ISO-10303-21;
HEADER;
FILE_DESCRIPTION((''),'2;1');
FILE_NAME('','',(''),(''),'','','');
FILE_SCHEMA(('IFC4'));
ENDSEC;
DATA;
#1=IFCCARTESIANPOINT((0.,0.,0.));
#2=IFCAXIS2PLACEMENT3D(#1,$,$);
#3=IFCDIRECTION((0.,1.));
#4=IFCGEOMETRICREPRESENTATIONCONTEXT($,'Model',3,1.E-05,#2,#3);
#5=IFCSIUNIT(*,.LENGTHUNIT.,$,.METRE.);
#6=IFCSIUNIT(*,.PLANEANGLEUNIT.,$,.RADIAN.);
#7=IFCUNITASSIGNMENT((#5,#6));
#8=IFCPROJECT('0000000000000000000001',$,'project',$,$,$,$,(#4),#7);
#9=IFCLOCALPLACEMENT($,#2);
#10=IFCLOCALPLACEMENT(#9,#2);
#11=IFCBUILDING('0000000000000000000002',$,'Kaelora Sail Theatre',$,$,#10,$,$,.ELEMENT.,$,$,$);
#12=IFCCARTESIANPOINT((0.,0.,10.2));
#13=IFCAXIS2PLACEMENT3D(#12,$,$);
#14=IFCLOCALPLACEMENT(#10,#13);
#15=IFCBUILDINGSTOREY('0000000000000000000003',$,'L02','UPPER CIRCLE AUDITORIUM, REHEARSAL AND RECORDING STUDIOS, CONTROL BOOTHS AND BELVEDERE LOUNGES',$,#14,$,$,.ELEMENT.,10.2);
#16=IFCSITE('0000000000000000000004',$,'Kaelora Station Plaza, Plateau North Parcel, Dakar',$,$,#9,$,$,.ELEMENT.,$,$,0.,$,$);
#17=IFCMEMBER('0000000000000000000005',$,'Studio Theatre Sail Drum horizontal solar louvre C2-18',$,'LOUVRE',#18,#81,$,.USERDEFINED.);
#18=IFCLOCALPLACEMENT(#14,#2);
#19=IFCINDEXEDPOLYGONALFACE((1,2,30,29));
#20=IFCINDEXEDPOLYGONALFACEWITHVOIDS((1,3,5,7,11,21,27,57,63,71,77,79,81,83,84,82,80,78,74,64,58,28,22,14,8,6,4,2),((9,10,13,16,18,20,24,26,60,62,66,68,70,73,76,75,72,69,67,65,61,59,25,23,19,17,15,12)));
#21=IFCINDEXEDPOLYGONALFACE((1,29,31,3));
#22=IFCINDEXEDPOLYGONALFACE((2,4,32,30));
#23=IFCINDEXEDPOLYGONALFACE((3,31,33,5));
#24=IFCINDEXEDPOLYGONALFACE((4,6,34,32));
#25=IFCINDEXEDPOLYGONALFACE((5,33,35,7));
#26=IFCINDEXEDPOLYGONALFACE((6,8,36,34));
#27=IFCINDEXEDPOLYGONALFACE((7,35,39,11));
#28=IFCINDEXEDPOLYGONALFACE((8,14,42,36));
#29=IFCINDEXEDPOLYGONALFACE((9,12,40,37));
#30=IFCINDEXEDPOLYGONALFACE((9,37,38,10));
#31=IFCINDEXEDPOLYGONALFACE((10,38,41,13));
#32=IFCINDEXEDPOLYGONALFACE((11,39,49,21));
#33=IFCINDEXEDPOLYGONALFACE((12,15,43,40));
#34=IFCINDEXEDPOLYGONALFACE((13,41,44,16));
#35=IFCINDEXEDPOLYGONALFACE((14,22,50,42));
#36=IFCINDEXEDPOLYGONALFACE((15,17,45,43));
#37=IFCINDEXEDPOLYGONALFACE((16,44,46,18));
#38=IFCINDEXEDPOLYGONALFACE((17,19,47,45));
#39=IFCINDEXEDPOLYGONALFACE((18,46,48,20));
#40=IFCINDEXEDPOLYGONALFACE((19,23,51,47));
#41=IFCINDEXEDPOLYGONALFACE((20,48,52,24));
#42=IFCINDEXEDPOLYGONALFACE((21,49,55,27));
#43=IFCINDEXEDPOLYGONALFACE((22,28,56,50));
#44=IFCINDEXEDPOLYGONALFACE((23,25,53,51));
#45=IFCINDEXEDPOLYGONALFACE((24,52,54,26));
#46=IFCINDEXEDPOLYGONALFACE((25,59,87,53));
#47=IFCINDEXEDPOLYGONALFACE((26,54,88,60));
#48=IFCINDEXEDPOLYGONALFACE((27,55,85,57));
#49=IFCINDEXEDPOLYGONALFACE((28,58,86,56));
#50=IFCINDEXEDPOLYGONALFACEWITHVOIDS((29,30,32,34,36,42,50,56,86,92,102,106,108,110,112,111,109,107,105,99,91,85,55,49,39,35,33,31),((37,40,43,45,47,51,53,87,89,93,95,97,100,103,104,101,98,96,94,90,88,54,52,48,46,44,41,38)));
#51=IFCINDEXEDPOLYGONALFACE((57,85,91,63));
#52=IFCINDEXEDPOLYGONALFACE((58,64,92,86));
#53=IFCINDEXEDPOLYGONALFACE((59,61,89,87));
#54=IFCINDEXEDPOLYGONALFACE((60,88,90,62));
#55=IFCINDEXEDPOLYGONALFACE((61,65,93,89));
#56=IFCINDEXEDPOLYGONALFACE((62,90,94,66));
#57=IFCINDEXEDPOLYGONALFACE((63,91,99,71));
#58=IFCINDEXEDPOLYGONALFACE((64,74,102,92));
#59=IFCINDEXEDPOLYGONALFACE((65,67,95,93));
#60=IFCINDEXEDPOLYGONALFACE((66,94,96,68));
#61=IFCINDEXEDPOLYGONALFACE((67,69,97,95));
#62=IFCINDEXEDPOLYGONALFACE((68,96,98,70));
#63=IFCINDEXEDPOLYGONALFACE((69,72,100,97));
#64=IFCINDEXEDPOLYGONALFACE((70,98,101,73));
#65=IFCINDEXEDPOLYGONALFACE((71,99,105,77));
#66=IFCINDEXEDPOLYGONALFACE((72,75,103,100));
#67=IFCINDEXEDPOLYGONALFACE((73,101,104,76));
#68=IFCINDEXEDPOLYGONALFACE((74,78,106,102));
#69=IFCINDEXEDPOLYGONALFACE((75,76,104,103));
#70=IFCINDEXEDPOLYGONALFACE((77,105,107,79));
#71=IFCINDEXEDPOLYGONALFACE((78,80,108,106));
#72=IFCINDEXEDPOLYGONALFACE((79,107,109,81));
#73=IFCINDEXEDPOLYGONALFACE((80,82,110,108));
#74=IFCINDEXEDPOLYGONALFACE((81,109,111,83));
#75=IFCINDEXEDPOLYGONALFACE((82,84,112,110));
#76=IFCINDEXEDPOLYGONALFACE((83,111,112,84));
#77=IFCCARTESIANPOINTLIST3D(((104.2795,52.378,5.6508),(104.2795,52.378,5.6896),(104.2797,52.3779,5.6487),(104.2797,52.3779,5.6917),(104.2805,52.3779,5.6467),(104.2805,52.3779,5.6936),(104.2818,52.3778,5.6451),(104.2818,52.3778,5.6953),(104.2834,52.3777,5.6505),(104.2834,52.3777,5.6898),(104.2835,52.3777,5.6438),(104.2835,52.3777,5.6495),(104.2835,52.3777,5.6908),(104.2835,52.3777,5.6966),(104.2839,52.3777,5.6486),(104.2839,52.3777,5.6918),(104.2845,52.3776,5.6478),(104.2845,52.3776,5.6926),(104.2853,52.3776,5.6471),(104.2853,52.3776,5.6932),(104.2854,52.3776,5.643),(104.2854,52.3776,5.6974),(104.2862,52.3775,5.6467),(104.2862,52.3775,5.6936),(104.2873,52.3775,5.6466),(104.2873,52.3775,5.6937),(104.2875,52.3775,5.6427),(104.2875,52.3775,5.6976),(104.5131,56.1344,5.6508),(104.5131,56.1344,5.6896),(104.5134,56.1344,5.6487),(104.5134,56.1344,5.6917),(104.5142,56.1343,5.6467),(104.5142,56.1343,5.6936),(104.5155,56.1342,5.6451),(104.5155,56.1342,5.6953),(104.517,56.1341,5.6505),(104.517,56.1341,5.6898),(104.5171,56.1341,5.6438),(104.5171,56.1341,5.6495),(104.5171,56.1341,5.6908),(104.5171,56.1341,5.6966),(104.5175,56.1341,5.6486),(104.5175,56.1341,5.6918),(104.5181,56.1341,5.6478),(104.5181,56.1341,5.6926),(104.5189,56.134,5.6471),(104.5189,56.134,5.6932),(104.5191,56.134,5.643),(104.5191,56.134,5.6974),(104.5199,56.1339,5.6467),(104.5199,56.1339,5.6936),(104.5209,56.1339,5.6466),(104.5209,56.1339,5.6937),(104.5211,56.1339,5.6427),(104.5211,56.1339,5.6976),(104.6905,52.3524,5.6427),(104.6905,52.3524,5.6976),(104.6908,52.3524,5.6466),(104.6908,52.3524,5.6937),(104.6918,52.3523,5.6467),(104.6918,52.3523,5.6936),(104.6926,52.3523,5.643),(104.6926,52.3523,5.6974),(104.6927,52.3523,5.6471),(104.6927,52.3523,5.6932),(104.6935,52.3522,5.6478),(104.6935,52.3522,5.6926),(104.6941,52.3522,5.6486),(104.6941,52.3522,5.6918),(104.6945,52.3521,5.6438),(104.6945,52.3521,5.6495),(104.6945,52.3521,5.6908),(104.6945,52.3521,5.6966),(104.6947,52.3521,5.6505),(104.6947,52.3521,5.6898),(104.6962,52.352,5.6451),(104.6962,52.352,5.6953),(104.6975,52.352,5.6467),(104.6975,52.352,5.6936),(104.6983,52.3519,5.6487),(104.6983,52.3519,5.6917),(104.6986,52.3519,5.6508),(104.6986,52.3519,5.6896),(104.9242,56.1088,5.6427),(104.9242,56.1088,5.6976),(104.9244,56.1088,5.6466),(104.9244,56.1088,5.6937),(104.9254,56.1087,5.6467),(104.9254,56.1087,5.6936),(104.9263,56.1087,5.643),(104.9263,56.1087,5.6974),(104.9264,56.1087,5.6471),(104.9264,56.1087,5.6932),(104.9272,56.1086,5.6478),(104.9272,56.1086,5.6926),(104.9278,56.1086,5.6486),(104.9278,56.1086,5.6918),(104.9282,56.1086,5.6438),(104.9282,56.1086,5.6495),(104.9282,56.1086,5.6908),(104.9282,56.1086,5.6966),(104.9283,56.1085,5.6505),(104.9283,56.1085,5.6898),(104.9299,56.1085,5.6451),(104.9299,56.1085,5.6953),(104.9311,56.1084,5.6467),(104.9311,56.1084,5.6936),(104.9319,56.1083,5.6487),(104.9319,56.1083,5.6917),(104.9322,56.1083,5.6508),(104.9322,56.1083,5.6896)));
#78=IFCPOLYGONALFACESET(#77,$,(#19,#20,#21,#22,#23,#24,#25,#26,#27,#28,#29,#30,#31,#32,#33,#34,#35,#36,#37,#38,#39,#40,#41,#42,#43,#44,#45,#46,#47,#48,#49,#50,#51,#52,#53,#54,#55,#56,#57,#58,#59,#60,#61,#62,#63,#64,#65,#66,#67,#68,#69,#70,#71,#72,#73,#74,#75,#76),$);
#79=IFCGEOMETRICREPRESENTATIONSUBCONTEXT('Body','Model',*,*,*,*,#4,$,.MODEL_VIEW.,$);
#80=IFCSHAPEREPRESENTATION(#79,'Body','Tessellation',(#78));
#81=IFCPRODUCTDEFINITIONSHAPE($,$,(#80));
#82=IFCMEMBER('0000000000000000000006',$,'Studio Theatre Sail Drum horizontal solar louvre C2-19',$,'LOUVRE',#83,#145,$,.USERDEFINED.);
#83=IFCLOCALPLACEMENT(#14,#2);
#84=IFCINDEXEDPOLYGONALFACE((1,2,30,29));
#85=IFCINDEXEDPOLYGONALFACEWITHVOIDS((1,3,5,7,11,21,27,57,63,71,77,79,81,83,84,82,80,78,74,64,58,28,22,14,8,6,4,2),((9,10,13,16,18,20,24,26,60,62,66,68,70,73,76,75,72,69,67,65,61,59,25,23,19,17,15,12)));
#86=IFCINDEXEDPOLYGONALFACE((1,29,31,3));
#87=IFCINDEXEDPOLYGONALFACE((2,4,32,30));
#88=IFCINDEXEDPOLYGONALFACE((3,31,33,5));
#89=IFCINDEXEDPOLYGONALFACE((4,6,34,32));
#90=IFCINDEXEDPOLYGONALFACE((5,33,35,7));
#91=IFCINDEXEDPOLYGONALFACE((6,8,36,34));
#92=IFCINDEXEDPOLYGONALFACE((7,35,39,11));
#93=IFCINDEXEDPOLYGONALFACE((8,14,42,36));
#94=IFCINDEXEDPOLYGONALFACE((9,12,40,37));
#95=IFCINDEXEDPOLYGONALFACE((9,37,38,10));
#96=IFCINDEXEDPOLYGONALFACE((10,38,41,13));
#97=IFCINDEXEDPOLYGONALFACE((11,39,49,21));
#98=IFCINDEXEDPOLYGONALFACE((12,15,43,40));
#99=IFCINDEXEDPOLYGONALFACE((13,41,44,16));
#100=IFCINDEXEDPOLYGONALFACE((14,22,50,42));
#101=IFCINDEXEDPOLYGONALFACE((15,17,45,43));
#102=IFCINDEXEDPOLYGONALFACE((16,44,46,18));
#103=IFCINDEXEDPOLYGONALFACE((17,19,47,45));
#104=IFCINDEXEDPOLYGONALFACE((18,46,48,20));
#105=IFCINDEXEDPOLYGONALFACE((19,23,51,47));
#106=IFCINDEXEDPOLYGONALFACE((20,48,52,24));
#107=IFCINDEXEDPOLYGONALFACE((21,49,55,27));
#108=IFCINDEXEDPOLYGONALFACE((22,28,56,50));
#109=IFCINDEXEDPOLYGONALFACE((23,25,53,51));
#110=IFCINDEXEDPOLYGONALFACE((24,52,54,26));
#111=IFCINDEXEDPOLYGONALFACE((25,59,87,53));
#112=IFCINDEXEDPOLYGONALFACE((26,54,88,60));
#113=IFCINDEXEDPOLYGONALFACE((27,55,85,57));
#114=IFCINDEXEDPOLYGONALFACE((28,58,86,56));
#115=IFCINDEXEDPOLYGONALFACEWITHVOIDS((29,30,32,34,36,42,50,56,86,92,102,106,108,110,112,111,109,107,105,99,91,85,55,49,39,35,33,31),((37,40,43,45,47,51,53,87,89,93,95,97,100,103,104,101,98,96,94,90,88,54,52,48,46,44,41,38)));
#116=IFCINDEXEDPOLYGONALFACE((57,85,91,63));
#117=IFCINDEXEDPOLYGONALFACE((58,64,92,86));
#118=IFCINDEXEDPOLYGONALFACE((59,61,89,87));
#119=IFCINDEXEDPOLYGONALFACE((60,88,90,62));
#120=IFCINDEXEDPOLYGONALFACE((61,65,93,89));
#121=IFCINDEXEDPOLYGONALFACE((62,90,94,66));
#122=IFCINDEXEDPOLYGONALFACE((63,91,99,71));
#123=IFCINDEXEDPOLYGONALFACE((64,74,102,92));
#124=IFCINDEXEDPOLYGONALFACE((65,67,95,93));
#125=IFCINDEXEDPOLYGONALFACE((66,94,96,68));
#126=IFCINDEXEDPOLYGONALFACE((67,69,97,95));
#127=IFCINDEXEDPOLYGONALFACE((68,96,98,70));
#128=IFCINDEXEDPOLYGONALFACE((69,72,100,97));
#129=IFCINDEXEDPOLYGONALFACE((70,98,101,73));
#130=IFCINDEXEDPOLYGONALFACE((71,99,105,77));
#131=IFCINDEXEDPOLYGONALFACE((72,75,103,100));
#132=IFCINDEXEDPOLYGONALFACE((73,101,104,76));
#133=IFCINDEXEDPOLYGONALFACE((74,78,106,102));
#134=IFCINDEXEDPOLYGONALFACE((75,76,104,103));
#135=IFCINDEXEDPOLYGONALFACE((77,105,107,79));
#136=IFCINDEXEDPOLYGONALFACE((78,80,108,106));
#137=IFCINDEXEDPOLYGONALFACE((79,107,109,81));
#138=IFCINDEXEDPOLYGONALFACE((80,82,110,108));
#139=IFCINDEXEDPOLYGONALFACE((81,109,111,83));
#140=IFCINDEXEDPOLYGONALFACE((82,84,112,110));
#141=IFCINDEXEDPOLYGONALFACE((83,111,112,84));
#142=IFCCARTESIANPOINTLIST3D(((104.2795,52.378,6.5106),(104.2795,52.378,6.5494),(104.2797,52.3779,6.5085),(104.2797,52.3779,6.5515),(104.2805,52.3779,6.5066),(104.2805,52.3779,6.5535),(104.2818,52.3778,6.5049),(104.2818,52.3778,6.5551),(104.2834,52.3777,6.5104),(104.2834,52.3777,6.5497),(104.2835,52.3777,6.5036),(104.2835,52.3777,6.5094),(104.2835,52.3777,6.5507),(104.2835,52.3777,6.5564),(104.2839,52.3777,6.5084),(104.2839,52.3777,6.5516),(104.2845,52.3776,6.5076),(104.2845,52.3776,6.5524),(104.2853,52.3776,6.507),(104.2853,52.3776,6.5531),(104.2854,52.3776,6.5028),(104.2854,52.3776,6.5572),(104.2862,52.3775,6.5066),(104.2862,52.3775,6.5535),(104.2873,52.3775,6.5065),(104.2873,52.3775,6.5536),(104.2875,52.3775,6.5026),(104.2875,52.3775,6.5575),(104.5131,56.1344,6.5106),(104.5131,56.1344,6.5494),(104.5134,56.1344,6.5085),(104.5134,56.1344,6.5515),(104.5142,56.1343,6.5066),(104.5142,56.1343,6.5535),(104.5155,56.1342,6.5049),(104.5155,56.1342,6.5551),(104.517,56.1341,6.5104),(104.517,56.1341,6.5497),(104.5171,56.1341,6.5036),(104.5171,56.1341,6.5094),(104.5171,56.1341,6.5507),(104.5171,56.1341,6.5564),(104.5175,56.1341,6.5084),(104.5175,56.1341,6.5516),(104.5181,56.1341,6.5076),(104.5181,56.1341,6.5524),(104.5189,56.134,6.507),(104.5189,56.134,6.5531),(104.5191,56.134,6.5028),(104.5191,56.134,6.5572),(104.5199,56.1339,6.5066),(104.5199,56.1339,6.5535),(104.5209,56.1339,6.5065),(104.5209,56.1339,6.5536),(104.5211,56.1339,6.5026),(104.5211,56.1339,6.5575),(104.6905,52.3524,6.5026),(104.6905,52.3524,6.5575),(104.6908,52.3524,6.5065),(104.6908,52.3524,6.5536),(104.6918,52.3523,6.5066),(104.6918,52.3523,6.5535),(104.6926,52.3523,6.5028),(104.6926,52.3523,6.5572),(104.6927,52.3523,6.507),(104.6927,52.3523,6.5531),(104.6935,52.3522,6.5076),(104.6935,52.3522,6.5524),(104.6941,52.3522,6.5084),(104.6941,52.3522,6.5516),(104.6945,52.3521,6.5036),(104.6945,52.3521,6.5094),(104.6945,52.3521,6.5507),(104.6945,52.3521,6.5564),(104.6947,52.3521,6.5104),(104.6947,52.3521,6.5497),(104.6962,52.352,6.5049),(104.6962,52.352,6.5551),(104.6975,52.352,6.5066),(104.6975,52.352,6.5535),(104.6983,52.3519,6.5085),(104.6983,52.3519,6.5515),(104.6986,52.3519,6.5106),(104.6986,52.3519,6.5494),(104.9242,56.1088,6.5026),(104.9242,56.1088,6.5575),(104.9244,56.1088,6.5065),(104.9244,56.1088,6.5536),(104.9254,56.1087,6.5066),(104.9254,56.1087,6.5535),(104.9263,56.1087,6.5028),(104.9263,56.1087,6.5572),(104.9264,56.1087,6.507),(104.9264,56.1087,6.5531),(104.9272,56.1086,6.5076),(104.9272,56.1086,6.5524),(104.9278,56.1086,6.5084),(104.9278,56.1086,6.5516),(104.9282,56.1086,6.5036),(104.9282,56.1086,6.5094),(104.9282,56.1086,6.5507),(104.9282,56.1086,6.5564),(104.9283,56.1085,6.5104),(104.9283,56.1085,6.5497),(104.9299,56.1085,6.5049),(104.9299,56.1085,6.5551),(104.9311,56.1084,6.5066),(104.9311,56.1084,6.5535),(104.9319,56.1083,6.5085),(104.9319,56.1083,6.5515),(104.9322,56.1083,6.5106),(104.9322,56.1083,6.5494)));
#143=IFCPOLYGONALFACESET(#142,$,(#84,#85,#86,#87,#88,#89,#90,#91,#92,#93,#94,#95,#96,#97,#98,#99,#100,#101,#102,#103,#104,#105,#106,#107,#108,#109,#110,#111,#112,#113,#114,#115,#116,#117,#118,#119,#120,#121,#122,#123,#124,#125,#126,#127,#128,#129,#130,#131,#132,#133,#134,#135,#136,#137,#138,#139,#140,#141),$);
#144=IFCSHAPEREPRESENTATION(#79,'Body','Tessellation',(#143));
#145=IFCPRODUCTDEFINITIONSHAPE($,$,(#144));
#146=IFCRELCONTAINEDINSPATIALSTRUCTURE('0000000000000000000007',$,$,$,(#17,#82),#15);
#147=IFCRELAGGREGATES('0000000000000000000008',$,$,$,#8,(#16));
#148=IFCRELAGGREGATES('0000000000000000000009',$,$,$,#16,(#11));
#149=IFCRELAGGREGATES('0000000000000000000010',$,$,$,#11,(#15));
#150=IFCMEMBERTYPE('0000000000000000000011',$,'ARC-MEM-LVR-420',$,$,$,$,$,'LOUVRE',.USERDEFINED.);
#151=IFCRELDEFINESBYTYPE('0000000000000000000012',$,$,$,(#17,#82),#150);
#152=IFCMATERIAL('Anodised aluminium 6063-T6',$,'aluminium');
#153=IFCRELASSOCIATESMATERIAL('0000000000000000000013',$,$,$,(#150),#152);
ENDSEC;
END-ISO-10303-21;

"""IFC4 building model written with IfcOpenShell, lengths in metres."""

from ifc_helpers import new_model, si_unit, direction, frame, origin, origin_2d, place, context, subcontext, project, spatial, hollow_rectangle, extrude, material, material_profile, profile_set, type_object, element, save


model = new_model("IFC4")

# Units and contexts
model_context = context("Model", 3, precision=1e-05, world=origin(), true_north=direction((0.0, 1.0)))
body_context = subcontext(model_context, "Body", "Model", "MODEL_VIEW")
ifc_project = project(units=[si_unit("LENGTHUNIT", "METRE"), si_unit("PLANEANGLEUNIT", "RADIAN")], contexts=[model_context])

# Site, building, storey
site_placement = place(None, origin())
site = spatial("IfcSite", under=ifc_project, at=site_placement, Name="Kaelora Station Plaza, Plateau North Parcel, Dakar", CompositionType="ELEMENT", RefElevation=0.0)
building_placement = place(site_placement, origin())
building = spatial("IfcBuilding", under=site, at=building_placement, Name="Kaelora Sail Theatre", CompositionType="ELEMENT")
storey_placement = place(building_placement, frame((0.0, 0.0, 10.2)))
storey = spatial("IfcBuildingStorey", under=building, at=storey_placement, Name="L02", Description="UPPER CIRCLE AUDITORIUM, REHEARSAL AND RECORDING STUDIOS, CONTROL BOOTHS AND BELVEDERE LOUNGES", CompositionType="ELEMENT", Elevation=10.2)

# Members
ifc_material_1 = material(Name="Anodised aluminium 6063-T6", Category="aluminium")
ifc_material_profile_1 = material_profile(ifc_material_1, hollow_rectangle(XDim=0.4199, YDim=0.0549, WallThickness=0.0039, InnerFilletRadius=0.0039, OuterFilletRadius=0.0081, at=origin_2d()), Name="LOUVRE 420x55x4")
ifc_profile_set_1 = profile_set([ifc_material_profile_1], Name="Anodised aluminium 6063-T6")
member_type_1 = type_object("IfcMemberType", Name="ARC-MEM-LVR-420", ElementType="LOUVRE", PredefinedType="USERDEFINED", material=ifc_profile_set_1)
for number, where, z_axis, x_axis, name in (
    (1, (104.7227, 56.1213, 5.6702), (-0.062079, -0.998071, 0.0), (0.998071, -0.062079, 0.0), "Studio Theatre Sail Drum horizontal solar louvre C2-18"),
    (2, (104.7227, 56.1213, 6.53), (-0.062079, -0.998071, 0.0), (0.998071, -0.062079, 0.0), "Studio Theatre Sail Drum horizontal solar louvre C2-19"),
):
    element("IfcMember", number, at=place(storey_placement, frame(where, z_axis=z_axis, x_axis=x_axis)), inside=storey, type_object=member_type_1, Name=name, ObjectType="LOUVRE", PredefinedType="USERDEFINED", context=body_context, shape_type="SweptSolid", body=[
        extrude(hollow_rectangle(XDim=0.4199, YDim=0.0549, WallThickness=0.0039, InnerFilletRadius=0.0039, OuterFilletRadius=0.0081, at=origin_2d()), origin(), (0.0, 0.0, 1.0), 3.7637),
    ])

save(model, "model.ifc")
